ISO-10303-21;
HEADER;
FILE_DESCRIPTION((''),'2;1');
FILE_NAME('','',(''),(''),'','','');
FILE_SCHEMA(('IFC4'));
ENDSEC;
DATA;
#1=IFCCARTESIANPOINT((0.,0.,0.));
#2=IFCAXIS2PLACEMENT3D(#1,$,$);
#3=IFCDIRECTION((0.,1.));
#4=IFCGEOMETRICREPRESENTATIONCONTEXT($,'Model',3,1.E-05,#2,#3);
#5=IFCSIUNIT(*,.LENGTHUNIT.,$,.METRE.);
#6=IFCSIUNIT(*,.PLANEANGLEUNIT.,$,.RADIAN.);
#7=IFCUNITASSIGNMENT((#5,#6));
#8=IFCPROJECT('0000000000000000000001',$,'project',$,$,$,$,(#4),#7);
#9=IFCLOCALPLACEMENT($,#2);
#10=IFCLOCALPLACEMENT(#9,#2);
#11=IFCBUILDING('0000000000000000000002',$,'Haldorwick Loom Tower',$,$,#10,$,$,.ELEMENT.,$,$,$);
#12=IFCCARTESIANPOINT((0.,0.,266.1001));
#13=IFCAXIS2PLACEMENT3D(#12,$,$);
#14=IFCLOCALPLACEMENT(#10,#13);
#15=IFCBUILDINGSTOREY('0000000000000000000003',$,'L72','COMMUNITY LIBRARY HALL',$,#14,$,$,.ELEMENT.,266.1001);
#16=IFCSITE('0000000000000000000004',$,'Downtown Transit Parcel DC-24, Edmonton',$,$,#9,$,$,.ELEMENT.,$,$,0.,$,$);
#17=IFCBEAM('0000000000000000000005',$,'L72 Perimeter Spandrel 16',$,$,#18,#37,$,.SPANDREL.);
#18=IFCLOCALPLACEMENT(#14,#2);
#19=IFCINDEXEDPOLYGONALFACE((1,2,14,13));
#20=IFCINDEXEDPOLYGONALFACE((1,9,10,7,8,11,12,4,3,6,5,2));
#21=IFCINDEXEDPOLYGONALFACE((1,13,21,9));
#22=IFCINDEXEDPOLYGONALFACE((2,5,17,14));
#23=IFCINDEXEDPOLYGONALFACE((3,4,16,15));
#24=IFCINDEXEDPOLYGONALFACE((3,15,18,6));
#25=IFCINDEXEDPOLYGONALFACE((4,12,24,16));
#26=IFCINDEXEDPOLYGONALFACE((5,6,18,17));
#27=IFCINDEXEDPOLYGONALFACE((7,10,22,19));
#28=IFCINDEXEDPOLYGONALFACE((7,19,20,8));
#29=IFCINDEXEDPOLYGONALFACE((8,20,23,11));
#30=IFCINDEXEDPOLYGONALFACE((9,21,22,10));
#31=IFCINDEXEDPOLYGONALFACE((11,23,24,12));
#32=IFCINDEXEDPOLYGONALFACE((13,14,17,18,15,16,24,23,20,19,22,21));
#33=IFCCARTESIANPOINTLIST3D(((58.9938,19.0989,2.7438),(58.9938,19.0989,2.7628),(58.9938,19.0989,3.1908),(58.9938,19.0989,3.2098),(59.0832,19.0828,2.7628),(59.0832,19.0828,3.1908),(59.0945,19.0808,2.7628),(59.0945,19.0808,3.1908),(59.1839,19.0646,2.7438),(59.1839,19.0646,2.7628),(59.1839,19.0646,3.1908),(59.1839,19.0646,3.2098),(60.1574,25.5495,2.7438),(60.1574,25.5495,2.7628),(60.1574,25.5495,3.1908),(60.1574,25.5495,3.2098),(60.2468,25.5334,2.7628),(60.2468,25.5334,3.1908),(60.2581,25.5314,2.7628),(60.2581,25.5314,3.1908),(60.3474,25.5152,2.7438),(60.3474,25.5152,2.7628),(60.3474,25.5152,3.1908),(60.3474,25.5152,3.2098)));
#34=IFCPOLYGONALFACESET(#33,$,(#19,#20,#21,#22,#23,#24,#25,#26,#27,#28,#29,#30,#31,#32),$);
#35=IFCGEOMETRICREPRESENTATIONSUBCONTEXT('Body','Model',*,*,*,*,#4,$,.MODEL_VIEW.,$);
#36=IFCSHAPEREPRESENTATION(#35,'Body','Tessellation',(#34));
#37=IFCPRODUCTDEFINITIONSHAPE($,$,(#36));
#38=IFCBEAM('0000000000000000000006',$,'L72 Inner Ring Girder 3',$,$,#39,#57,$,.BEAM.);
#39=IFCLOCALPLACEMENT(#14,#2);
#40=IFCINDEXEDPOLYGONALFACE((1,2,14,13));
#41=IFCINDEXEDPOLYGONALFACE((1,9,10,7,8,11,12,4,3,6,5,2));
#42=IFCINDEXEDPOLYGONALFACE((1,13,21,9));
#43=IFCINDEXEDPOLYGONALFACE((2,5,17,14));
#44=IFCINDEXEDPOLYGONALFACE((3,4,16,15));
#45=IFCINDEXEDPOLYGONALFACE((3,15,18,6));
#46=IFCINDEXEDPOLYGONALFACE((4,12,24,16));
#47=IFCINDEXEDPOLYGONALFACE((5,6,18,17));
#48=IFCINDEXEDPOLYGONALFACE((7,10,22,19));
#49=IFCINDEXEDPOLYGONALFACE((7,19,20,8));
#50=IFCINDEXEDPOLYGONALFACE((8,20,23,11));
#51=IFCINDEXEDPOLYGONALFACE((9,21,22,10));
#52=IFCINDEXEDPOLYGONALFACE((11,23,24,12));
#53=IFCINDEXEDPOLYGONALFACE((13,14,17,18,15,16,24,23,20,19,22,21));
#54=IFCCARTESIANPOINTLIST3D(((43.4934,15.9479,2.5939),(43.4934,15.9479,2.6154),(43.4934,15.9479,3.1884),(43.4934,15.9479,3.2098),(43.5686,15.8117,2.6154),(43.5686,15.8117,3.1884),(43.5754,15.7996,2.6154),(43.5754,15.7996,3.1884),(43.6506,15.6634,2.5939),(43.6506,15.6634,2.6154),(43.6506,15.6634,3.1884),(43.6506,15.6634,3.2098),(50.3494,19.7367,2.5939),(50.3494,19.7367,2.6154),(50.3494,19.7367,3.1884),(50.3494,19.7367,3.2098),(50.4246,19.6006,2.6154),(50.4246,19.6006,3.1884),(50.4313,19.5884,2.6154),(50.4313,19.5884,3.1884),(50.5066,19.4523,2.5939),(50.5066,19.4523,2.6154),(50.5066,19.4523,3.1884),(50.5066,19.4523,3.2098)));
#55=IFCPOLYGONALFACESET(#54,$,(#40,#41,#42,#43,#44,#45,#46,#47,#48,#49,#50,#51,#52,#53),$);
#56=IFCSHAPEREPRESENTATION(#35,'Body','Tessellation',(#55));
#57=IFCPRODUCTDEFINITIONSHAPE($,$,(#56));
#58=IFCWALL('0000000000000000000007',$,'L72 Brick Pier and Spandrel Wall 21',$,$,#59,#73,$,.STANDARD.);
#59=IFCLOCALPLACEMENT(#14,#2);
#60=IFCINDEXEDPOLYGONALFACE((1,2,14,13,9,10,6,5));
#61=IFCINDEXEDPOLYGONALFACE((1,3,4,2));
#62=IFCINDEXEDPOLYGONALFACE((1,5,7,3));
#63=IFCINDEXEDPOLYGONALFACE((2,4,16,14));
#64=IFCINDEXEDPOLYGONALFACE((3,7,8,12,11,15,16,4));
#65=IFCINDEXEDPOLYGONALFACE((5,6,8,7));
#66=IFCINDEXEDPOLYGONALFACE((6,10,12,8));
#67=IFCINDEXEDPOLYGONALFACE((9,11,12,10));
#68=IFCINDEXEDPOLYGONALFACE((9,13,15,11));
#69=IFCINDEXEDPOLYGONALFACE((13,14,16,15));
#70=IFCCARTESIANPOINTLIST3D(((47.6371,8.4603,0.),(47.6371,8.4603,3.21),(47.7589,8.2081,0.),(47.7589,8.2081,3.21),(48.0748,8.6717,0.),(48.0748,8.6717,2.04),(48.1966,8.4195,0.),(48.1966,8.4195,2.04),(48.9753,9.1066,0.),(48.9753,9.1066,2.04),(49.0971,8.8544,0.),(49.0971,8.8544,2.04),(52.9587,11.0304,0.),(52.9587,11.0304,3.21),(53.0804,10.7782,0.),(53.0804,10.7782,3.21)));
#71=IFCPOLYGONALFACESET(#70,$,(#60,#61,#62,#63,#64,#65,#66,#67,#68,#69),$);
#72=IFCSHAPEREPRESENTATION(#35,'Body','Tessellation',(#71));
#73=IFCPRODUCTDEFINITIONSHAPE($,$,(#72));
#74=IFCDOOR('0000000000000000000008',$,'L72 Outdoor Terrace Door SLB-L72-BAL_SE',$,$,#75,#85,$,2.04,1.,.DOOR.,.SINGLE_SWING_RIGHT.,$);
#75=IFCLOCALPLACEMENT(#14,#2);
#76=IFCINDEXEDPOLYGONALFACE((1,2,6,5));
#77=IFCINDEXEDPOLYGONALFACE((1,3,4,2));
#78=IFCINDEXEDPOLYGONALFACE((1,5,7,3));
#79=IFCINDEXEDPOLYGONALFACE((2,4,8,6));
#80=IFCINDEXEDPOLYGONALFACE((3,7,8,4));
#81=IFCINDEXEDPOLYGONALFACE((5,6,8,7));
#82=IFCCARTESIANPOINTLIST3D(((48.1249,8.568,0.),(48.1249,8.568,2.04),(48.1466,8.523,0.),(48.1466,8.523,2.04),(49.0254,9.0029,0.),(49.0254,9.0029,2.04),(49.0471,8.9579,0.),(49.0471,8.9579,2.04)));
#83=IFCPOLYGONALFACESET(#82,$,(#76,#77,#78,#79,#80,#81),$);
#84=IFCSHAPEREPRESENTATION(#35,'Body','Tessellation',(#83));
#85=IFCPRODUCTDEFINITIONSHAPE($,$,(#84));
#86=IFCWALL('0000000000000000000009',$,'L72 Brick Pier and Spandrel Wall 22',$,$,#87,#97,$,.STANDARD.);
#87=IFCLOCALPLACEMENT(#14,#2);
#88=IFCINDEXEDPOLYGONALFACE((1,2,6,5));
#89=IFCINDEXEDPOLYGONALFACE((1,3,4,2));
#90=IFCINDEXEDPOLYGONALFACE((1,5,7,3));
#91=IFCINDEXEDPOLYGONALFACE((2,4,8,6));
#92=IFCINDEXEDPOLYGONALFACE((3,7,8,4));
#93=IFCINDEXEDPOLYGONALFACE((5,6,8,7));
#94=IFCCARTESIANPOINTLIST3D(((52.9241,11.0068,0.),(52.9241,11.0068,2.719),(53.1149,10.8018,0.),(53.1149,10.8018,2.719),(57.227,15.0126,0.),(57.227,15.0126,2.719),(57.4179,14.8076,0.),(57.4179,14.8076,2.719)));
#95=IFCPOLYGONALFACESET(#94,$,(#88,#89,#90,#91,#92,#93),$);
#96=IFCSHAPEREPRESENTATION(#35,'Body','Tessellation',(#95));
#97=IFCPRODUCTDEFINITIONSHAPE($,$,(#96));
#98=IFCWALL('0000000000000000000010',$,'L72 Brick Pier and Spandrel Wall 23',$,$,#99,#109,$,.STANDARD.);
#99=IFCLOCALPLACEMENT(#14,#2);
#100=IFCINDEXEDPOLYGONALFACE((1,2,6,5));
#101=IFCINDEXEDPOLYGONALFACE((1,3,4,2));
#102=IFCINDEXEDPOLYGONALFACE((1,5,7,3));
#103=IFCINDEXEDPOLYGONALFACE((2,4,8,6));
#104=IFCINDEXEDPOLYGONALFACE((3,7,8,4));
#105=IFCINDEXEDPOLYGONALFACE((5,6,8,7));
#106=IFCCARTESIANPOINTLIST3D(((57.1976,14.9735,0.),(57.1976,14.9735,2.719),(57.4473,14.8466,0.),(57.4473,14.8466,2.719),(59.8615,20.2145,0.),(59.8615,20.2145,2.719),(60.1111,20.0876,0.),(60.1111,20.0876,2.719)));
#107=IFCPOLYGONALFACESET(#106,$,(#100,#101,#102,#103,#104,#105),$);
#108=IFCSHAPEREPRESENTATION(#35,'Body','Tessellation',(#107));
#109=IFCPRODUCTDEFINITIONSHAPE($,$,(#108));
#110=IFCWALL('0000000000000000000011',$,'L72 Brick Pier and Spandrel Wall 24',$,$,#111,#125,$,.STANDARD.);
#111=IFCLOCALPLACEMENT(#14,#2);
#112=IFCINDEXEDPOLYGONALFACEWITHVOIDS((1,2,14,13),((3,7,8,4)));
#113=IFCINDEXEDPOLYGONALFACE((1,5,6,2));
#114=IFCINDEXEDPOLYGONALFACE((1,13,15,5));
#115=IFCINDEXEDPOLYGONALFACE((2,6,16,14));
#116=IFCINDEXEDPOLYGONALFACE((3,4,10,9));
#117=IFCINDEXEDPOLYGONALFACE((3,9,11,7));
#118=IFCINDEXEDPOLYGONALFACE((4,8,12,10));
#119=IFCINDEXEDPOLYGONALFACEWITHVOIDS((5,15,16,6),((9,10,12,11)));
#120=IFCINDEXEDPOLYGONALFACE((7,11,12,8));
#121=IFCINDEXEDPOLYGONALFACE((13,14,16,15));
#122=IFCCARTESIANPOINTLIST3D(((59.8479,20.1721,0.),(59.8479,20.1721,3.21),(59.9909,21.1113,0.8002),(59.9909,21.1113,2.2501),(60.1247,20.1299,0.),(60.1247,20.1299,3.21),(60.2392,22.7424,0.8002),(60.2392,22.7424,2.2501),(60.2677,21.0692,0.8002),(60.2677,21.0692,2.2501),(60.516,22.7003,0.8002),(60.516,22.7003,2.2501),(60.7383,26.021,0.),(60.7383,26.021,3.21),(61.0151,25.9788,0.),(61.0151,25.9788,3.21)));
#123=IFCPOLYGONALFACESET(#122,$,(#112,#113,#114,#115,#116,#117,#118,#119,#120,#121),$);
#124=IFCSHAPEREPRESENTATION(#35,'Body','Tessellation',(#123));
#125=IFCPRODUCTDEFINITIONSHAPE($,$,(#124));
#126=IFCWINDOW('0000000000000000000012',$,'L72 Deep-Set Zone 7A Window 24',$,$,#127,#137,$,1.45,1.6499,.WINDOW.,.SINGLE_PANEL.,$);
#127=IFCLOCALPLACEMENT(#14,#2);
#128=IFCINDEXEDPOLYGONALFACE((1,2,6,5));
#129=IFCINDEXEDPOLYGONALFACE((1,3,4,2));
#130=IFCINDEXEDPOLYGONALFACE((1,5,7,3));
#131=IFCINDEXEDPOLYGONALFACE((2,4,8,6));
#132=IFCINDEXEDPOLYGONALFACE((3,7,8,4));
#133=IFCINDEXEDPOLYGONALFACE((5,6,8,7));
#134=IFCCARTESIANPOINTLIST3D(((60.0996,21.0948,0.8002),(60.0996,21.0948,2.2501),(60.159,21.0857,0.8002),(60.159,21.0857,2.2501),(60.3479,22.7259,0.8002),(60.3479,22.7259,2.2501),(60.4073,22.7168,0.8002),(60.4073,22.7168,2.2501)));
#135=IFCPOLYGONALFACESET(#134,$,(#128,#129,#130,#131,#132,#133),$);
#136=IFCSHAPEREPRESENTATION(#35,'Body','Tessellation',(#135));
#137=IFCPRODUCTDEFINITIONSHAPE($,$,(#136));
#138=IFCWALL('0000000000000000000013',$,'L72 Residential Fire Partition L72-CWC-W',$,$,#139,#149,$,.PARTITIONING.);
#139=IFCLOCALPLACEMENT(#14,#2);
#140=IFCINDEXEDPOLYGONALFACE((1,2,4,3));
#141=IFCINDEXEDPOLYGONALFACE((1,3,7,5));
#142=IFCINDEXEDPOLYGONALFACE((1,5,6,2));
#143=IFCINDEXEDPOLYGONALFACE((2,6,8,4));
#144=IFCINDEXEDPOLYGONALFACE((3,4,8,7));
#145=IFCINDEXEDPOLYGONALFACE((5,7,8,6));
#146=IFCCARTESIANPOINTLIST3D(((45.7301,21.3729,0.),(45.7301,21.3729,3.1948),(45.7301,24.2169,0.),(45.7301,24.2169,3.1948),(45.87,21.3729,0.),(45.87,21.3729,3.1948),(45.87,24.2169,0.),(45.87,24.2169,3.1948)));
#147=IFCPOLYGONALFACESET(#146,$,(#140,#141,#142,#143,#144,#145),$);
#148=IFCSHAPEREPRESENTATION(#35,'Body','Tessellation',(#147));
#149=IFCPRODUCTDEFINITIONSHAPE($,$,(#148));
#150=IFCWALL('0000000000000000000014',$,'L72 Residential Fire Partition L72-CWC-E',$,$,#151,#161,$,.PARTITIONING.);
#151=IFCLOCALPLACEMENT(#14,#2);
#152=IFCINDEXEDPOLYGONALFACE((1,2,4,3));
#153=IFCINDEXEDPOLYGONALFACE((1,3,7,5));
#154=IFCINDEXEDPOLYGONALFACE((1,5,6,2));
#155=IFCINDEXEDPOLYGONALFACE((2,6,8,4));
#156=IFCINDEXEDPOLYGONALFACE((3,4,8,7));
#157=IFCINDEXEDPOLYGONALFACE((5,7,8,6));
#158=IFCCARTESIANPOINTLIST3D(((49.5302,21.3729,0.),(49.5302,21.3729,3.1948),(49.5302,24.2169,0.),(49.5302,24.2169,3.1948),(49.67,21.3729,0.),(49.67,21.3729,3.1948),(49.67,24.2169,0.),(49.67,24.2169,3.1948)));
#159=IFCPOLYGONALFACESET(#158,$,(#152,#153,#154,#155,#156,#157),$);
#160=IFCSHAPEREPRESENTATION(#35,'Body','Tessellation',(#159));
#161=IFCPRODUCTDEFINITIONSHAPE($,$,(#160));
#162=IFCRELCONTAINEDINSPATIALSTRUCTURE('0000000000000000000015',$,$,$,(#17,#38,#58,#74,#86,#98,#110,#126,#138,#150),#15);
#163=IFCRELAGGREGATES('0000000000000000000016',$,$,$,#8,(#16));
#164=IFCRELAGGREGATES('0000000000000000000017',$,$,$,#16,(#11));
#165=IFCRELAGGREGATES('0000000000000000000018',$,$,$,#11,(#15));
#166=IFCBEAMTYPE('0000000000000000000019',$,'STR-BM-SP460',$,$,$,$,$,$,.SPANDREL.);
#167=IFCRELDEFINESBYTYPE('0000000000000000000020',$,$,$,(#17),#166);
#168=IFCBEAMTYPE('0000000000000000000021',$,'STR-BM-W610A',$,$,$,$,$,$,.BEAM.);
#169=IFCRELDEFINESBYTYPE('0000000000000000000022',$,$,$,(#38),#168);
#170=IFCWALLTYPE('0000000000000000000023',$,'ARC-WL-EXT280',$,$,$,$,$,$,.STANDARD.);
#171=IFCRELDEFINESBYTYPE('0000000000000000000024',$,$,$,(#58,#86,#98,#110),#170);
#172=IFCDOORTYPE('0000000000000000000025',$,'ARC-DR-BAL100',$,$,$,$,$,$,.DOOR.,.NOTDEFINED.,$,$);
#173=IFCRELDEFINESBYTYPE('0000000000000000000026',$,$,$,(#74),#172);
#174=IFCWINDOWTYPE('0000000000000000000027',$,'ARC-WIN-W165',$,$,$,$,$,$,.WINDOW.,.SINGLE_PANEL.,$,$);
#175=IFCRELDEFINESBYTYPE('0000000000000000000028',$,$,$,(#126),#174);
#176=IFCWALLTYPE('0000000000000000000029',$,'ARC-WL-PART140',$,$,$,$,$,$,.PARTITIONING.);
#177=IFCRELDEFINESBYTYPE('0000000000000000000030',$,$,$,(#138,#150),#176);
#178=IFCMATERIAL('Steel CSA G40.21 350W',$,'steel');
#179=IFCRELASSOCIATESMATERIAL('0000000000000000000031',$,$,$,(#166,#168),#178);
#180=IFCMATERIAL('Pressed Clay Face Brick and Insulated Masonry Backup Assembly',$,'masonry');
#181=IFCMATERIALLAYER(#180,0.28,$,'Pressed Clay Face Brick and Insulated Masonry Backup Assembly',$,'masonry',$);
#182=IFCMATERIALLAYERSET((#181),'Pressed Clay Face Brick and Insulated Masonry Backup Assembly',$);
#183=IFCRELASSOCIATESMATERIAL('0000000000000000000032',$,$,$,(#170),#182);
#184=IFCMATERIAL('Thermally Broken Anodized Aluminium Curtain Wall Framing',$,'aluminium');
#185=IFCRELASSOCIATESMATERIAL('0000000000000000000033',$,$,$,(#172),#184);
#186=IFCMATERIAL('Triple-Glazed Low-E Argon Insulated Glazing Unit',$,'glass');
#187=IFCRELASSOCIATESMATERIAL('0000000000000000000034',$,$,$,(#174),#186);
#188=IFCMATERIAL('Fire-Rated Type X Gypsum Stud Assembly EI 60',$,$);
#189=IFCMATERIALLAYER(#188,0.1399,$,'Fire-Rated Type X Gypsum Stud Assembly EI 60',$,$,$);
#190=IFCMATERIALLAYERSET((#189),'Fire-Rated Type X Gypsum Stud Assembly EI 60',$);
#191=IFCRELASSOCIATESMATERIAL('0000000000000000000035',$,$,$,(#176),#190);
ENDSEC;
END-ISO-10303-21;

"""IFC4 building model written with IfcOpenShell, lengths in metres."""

from ifc_helpers import new_model, si_unit, direction, frame, frame_2d, origin, origin_2d, place, context, subcontext, project, spatial, rectangle, i_section, extrude, material, layer, layer_set, material_profile, profile_set, type_object, element, fill, save


model = new_model("IFC4")

# Units and contexts
model_context = context("Model", 3, precision=1e-05, world=origin(), true_north=direction((0.0, 1.0)))
body_context = subcontext(model_context, "Body", "Model", "MODEL_VIEW")
ifc_project = project(units=[si_unit("LENGTHUNIT", "METRE"), si_unit("PLANEANGLEUNIT", "RADIAN")], contexts=[model_context])

# Site, building, storey
site_placement = place(None, origin())
site = spatial("IfcSite", under=ifc_project, at=site_placement, Name="Downtown Transit Parcel DC-24, Edmonton", CompositionType="ELEMENT", RefElevation=0.0)
building_placement = place(site_placement, origin())
building = spatial("IfcBuilding", under=site, at=building_placement, Name="Haldorwick Loom Tower", CompositionType="ELEMENT")
storey_placement = place(building_placement, frame((0.0, 0.0, 266.1001)))
storey = spatial("IfcBuildingStorey", under=building, at=storey_placement, Name="L72", Description="COMMUNITY LIBRARY HALL", CompositionType="ELEMENT", Elevation=266.1001)

# Shared definitions
ifc_material_1 = material(Name="Steel CSA G40.21 350W", Category="steel")

# Beams
ifc_material_profile_1 = material_profile(ifc_material_1, i_section(OverallWidth=0.1931, OverallDepth=0.4661, WebThickness=0.0115, FlangeThickness=0.019, at=origin_2d()), Name="W460X97", Category="steel")
ifc_profile_set_1 = profile_set([ifc_material_profile_1], Name="Steel CSA G40.21 350W")
beam_type_1 = type_object("IfcBeamType", Name="STR-BM-SP460", PredefinedType="SPANDREL", material=ifc_profile_set_1)
beam_1_placement = place(storey_placement, frame((59.0889, 19.0818, 2.9768), z_axis=(0.177515, 0.984118, 0.0), x_axis=(-0.984118, 0.177515, 0.0)))
element("IfcBeam", 1, at=beam_1_placement, inside=storey, type_object=beam_type_1, Name="L72 Perimeter Spandrel 16", PredefinedType="SPANDREL", context=body_context, shape_type="SweptSolid", body=[
    extrude(i_section(OverallWidth=0.1931, OverallDepth=0.4661, WebThickness=0.0115, FlangeThickness=0.019, at=origin_2d()), origin(), (0.0, 0.0, 1.0), 6.5547),
])
ifc_material_profile_2 = material_profile(ifc_material_1, i_section(OverallWidth=0.325, OverallDepth=0.616, WebThickness=0.0139, FlangeThickness=0.0215, at=origin_2d()), Name="W610X174", Category="steel")
ifc_profile_set_2 = profile_set([ifc_material_profile_2], Name="Steel CSA G40.21 350W")
beam_type_2 = type_object("IfcBeamType", Name="STR-BM-W610A", PredefinedType="BEAM", material=ifc_profile_set_2)
beam_2_placement = place(storey_placement, frame((50.428, 19.5945, 2.9019), z_axis=(-0.875242, -0.483686, 0.0), x_axis=(0.483686, -0.875242, 0.0)))
element("IfcBeam", 2, at=beam_2_placement, inside=storey, type_object=beam_type_2, Name="L72 Inner Ring Girder 3", PredefinedType="BEAM", context=body_context, shape_type="SweptSolid", body=[
    extrude(i_section(OverallWidth=0.325, OverallDepth=0.616, WebThickness=0.0139, FlangeThickness=0.0215, at=origin_2d()), origin(), (0.0, 0.0, 1.0), 7.8333),
])

# Wall, opening, door
ifc_material_2 = material(Name="Pressed Clay Face Brick and Insulated Masonry Backup Assembly", Category="masonry")
ifc_layer_1 = layer(ifc_material_2, 0.28, Name="Pressed Clay Face Brick and Insulated Masonry Backup Assembly", Category="masonry")
ifc_layer_set_1 = layer_set([ifc_layer_1], Name="Pressed Clay Face Brick and Insulated Masonry Backup Assembly")
wall_type_1 = type_object("IfcWallType", Name="ARC-WL-EXT280", PredefinedType="STANDARD", material=ifc_layer_set_1)
wall_1_placement = place(storey_placement, frame((47.698, 8.3342, 0.0), z_axis=(0.0, 0.0, 1.0), x_axis=(0.900482, 0.434893, 0.0)))
wall_1 = element("IfcWall", 3, at=wall_1_placement, inside=storey, type_object=wall_type_1, Name="L72 Brick Pier and Spandrel Wall 21", PredefinedType="STANDARD", context=body_context, shape_type="SweptSolid", body=[
    extrude(rectangle(XDim=5.9097, YDim=0.28, at=frame_2d((2.9548, 0.0))), origin(), (0.0, 0.0, 1.0), 3.21),
])
opening_1_placement = place(wall_1_placement, frame((0.4861, 0.0, 0.0)))
opening_1 = element("IfcOpeningElement", 4, at=opening_1_placement, cuts=wall_1, PredefinedType="OPENING", context=body_context, shape_type="SweptSolid", body=[
    extrude(rectangle(XDim=1.0, YDim=2.04, at=frame_2d((0.5, 1.02))), frame((0.0, 0.1499, 0.0), z_axis=(0.0, -1.0, 0.0), x_axis=(1.0, 0.0, 0.0)), (0.0, 0.0, 1.0), 0.3),
])
ifc_material_3 = material(Name="Thermally Broken Anodized Aluminium Curtain Wall Framing", Category="aluminium")
door_type = type_object("IfcDoorType", Name="ARC-DR-BAL100", OperationType="NOTDEFINED", PredefinedType="DOOR", material=ifc_material_3)
door_placement = place(opening_1_placement, origin())
door = element("IfcDoor", 5, at=door_placement, inside=storey, type_object=door_type, Name="L72 Outdoor Terrace Door SLB-L72-BAL_SE", OperationType="SINGLE_SWING_RIGHT", OverallHeight=2.04, OverallWidth=1.0, PredefinedType="DOOR", context=body_context, shape_type="SweptSolid", body=[
    extrude(rectangle(XDim=1.0, YDim=2.04, at=frame_2d((0.5, 1.02))), frame((0.0, 0.0249, 0.0), z_axis=(0.0, -1.0, 0.0), x_axis=(1.0, 0.0, 0.0)), (0.0, 0.0, 1.0), 0.05),
])
fill(opening_1, door)

# Walls
wall_2_placement = place(storey_placement, frame((53.0195, 10.9043, 0.0), z_axis=(0.0, 0.0, 1.0), x_axis=(0.731925, 0.681386, 0.0)))
element("IfcWall", 6, at=wall_2_placement, inside=storey, type_object=wall_type_1, Name="L72 Brick Pier and Spandrel Wall 22", PredefinedType="STANDARD", context=body_context, shape_type="SweptSolid", body=[
    extrude(rectangle(XDim=5.8789, YDim=0.28, at=frame_2d((2.9395, 0.0))), origin(), (0.0, 0.0, 1.0), 2.719),
])
wall_3_placement = place(storey_placement, frame((57.3225, 14.9102, 0.0), z_axis=(0.0, 0.0, 1.0), x_axis=(0.453101, 0.891459, 0.0)))
element("IfcWall", 7, at=wall_3_placement, inside=storey, type_object=wall_type_1, Name="L72 Brick Pier and Spandrel Wall 23", PredefinedType="STANDARD", context=body_context, shape_type="SweptSolid", body=[
    extrude(rectangle(XDim=5.8792, YDim=0.28, at=frame_2d((2.9395, 0.0))), origin(), (0.0, 0.0, 1.0), 2.719),
])

# Wall, opening, window
wall_4_placement = place(storey_placement, frame((59.9863, 20.1511, 0.0), z_axis=(0.0, 0.0, 1.0), x_axis=(0.150497, 0.98861, 0.0)))
wall_4 = element("IfcWall", 8, at=wall_4_placement, inside=storey, type_object=wall_type_1, Name="L72 Brick Pier and Spandrel Wall 24", PredefinedType="STANDARD", context=body_context, shape_type="SweptSolid", body=[
    extrude(rectangle(XDim=5.9163, YDim=0.28, at=frame_2d((2.958, 0.0))), origin(), (0.0, 0.0, 1.0), 3.21),
])
opening_2_placement = place(wall_4_placement, frame((0.95, 0.0, 0.8)))
opening_2 = element("IfcOpeningElement", 9, at=opening_2_placement, cuts=wall_4, PredefinedType="OPENING", context=body_context, shape_type="SweptSolid", body=[
    extrude(rectangle(XDim=1.6499, YDim=1.45, at=frame_2d((0.825, 0.7251))), frame((0.0, 0.1499, 0.0), z_axis=(0.0, -1.0, 0.0), x_axis=(1.0, 0.0, 0.0)), (0.0, 0.0, 1.0), 0.3),
])
ifc_material_4 = material(Name="Triple-Glazed Low-E Argon Insulated Glazing Unit", Category="glass")
window_type = type_object("IfcWindowType", Name="ARC-WIN-W165", PartitioningType="SINGLE_PANEL", PredefinedType="WINDOW", material=ifc_material_4)
window_placement = place(opening_2_placement, origin())
window = element("IfcWindow", 10, at=window_placement, inside=storey, type_object=window_type, Name="L72 Deep-Set Zone 7A Window 24", OverallHeight=1.45, OverallWidth=1.6499, PartitioningType="SINGLE_PANEL", PredefinedType="WINDOW", context=body_context, shape_type="SweptSolid", body=[
    extrude(rectangle(XDim=1.6499, YDim=1.45, at=frame_2d((0.825, 0.7251))), frame((0.0, 0.03, 0.0), z_axis=(0.0, -1.0, 0.0), x_axis=(1.0, 0.0, 0.0)), (0.0, 0.0, 1.0), 0.0601),
])
fill(opening_2, window)

# Walls
ifc_material_5 = material(Name="Fire-Rated Type X Gypsum Stud Assembly EI 60")
ifc_layer_2 = layer(ifc_material_5, 0.1399, Name="Fire-Rated Type X Gypsum Stud Assembly EI 60")
ifc_layer_set_2 = layer_set([ifc_layer_2], Name="Fire-Rated Type X Gypsum Stud Assembly EI 60")
wall_type_2 = type_object("IfcWallType", Name="ARC-WL-PART140", PredefinedType="PARTITIONING", material=ifc_layer_set_2)
for number, where, z_axis, x_axis, name in (
    (11, (45.8, 21.373, 0.0), (0.0, 0.0, 1.0), (0.0, 1.0, 0.0), "L72 Residential Fire Partition L72-CWC-W"),
    (12, (49.6001, 21.373, 0.0), (0.0, 0.0, 1.0), (0.0, 1.0, 0.0), "L72 Residential Fire Partition L72-CWC-E"),
):
    element("IfcWall", number, at=place(storey_placement, frame(where, z_axis=z_axis, x_axis=x_axis)), inside=storey, type_object=wall_type_2, Name=name, PredefinedType="PARTITIONING", context=body_context, shape_type="SweptSolid", body=[
        extrude(rectangle(XDim=2.844, YDim=0.1399, at=frame_2d((1.4219, 0.0))), origin(), (0.0, 0.0, 1.0), 3.1948),
    ])

save(model, "model.ifc")
